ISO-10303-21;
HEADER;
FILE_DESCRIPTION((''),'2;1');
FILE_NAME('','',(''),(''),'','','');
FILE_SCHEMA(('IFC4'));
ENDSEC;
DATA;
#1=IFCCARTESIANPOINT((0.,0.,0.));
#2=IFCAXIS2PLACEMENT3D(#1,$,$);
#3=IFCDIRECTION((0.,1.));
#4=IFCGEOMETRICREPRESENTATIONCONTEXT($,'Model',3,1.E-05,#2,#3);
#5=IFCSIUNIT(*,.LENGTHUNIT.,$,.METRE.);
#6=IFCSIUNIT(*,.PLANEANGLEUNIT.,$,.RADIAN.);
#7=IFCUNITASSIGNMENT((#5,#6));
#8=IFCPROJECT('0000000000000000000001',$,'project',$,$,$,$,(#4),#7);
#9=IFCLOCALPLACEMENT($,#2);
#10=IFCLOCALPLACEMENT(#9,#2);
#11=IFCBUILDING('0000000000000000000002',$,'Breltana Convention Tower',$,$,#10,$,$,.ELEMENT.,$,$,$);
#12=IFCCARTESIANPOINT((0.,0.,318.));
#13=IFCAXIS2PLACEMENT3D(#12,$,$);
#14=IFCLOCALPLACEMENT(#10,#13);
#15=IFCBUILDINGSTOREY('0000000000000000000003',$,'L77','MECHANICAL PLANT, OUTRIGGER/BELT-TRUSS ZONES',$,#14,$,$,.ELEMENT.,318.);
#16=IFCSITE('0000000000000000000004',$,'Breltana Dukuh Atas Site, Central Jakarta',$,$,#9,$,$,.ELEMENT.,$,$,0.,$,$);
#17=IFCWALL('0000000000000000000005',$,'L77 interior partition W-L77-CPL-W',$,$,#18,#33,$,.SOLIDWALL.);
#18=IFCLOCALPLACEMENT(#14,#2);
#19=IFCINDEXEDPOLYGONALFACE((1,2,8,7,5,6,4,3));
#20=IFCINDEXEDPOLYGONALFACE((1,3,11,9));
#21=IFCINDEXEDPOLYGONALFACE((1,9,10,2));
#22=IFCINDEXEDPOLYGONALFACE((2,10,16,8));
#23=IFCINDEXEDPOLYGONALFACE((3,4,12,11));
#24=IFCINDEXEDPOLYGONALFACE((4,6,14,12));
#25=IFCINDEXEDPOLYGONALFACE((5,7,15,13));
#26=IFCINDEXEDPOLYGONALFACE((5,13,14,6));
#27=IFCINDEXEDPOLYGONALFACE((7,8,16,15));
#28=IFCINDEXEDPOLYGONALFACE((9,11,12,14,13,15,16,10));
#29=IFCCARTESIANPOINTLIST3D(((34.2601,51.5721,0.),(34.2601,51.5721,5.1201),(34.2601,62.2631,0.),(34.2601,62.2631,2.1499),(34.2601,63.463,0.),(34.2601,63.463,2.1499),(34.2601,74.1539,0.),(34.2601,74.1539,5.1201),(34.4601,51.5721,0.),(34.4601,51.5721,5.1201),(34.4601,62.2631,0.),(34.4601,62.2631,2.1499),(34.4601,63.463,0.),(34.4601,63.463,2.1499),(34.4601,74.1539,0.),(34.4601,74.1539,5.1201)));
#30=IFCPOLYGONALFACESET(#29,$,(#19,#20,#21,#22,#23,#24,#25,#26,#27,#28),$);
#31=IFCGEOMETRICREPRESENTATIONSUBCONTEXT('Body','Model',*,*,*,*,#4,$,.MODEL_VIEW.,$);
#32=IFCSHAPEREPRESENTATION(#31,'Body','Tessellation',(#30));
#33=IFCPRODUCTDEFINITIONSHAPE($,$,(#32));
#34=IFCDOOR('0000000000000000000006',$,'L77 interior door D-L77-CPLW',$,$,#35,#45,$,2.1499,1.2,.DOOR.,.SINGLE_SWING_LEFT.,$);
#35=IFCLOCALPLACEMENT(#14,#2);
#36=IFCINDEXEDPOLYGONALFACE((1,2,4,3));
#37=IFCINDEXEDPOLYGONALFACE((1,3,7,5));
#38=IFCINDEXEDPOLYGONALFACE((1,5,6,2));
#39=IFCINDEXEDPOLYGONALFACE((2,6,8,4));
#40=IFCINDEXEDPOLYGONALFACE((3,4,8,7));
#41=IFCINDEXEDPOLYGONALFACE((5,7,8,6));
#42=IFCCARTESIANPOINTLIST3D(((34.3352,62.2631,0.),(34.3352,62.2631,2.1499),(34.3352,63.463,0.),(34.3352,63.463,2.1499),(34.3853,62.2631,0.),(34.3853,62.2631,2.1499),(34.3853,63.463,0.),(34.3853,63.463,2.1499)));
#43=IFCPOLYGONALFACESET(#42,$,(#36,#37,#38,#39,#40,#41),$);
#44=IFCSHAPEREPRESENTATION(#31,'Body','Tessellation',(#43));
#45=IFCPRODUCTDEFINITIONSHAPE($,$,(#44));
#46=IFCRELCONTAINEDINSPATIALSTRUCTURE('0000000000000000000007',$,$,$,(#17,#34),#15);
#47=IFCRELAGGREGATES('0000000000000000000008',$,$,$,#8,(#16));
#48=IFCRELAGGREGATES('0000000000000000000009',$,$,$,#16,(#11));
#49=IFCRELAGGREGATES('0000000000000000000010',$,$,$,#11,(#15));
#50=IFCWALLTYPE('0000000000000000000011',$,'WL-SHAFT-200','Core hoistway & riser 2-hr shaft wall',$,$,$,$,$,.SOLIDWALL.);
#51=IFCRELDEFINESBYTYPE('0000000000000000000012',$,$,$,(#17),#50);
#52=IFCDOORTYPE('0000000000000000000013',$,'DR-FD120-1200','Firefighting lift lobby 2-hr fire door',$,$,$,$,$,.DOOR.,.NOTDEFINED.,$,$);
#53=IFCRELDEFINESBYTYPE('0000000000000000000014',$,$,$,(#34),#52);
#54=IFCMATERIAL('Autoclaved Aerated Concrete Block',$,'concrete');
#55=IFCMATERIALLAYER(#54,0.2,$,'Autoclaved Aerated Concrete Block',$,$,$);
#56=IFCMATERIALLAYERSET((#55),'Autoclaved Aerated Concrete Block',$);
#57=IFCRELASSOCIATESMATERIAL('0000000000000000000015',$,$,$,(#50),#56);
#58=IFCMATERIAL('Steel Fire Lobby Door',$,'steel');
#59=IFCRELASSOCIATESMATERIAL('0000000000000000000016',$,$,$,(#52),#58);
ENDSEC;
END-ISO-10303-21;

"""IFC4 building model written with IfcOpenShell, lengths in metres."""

from ifc_helpers import new_model, si_unit, direction, frame, frame_2d, origin, place, context, subcontext, project, spatial, rectangle, extrude, source, transform, mapped, material, layer, layer_set, type_object, type_shapes, element, fill, save


model = new_model("IFC4")

# Units and contexts
model_context = context("Model", 3, precision=1e-05, world=origin(), true_north=direction((0.0, 1.0)))
body_context = subcontext(model_context, "Body", "Model", "MODEL_VIEW")
ifc_project = project(units=[si_unit("LENGTHUNIT", "METRE"), si_unit("PLANEANGLEUNIT", "RADIAN")], contexts=[model_context])

# Site, building, storey
site_placement = place(None, origin())
site = spatial("IfcSite", under=ifc_project, at=site_placement, Name="Breltana Dukuh Atas Site, Central Jakarta", CompositionType="ELEMENT", RefElevation=0.0)
building_placement = place(site_placement, origin())
building = spatial("IfcBuilding", under=site, at=building_placement, Name="Breltana Convention Tower", CompositionType="ELEMENT")
storey_placement = place(building_placement, frame((0.0, 0.0, 318.0)))
storey = spatial("IfcBuildingStorey", under=building, at=storey_placement, Name="L77", Description="MECHANICAL PLANT, OUTRIGGER/BELT-TRUSS ZONES", CompositionType="ELEMENT", Elevation=318.0)

# Wall, opening, door
ifc_material_1 = material(Name="Autoclaved Aerated Concrete Block", Category="concrete")
ifc_layer_1 = layer(ifc_material_1, 0.2, Name="Autoclaved Aerated Concrete Block")
ifc_layer_set_1 = layer_set([ifc_layer_1], Name="Autoclaved Aerated Concrete Block")
wall_type_1 = type_object("IfcWallType", Name="WL-SHAFT-200", Description="Core hoistway & riser 2-hr shaft wall", PredefinedType="SOLIDWALL", material=ifc_layer_set_1)
shared_shape_1 = source(origin(), body_context, "Body", "SweptSolid", [
    extrude(rectangle(XDim=22.5818, YDim=0.2, at=frame_2d((11.291, 0.0))), origin(), (0.0, 0.0, 1.0), 5.1201),
])
wall_1_placement = place(storey_placement, frame((34.3601, 51.572, 0.0), z_axis=(0.0, 0.0, 1.0), x_axis=(0.0, 1.0, 0.0)))
wall_1 = element("IfcWall", 1, at=wall_1_placement, inside=storey, type_object=wall_type_1, Name="L77 interior partition W-L77-CPL-W", PredefinedType="SOLIDWALL", context=body_context, shape_type="MappedRepresentation", body=[
    mapped(shared_shape_1, transform((0.0, 0.0, 0.0), scale=1.0)),
])
opening_placement = place(wall_1_placement, frame((10.6909, 0.0, 0.0)))
opening = element("IfcOpeningElement", 2, at=opening_placement, cuts=wall_1, PredefinedType="OPENING", context=body_context, shape_type="SweptSolid", body=[
    extrude(rectangle(XDim=1.2, YDim=2.1499, at=frame_2d((0.6001, 1.075))), frame((0.0, 0.1099, 0.0), z_axis=(0.0, -1.0, 0.0), x_axis=(1.0, 0.0, 0.0)), (0.0, 0.0, 1.0), 0.22),
])
ifc_material_2 = material(Name="Steel Fire Lobby Door", Category="steel")
door_type = type_object("IfcDoorType", Name="DR-FD120-1200", Description="Firefighting lift lobby 2-hr fire door", OperationType="NOTDEFINED", PredefinedType="DOOR", material=ifc_material_2)
shared_shape_2 = source(origin(), body_context, "Body", "SweptSolid", [
    extrude(rectangle(XDim=1.2, YDim=2.1499, at=frame_2d((0.6001, 1.075))), frame((0.0, 0.0249, 0.0), z_axis=(0.0, -1.0, 0.0), x_axis=(1.0, 0.0, 0.0)), (0.0, 0.0, 1.0), 0.05),
])
type_shapes(door_type, [shared_shape_2])
door_placement = place(opening_placement, origin())
door = element("IfcDoor", 3, at=door_placement, inside=storey, type_object=door_type, Name="L77 interior door D-L77-CPLW", OperationType="SINGLE_SWING_LEFT", OverallHeight=2.1499, OverallWidth=1.2, PredefinedType="DOOR", context=body_context, shape_type="MappedRepresentation", body=[
    mapped(shared_shape_2, transform((0.0, 0.0, 0.0), scale=1.0)),
])
fill(opening, door)

save(model, "model.ifc")
